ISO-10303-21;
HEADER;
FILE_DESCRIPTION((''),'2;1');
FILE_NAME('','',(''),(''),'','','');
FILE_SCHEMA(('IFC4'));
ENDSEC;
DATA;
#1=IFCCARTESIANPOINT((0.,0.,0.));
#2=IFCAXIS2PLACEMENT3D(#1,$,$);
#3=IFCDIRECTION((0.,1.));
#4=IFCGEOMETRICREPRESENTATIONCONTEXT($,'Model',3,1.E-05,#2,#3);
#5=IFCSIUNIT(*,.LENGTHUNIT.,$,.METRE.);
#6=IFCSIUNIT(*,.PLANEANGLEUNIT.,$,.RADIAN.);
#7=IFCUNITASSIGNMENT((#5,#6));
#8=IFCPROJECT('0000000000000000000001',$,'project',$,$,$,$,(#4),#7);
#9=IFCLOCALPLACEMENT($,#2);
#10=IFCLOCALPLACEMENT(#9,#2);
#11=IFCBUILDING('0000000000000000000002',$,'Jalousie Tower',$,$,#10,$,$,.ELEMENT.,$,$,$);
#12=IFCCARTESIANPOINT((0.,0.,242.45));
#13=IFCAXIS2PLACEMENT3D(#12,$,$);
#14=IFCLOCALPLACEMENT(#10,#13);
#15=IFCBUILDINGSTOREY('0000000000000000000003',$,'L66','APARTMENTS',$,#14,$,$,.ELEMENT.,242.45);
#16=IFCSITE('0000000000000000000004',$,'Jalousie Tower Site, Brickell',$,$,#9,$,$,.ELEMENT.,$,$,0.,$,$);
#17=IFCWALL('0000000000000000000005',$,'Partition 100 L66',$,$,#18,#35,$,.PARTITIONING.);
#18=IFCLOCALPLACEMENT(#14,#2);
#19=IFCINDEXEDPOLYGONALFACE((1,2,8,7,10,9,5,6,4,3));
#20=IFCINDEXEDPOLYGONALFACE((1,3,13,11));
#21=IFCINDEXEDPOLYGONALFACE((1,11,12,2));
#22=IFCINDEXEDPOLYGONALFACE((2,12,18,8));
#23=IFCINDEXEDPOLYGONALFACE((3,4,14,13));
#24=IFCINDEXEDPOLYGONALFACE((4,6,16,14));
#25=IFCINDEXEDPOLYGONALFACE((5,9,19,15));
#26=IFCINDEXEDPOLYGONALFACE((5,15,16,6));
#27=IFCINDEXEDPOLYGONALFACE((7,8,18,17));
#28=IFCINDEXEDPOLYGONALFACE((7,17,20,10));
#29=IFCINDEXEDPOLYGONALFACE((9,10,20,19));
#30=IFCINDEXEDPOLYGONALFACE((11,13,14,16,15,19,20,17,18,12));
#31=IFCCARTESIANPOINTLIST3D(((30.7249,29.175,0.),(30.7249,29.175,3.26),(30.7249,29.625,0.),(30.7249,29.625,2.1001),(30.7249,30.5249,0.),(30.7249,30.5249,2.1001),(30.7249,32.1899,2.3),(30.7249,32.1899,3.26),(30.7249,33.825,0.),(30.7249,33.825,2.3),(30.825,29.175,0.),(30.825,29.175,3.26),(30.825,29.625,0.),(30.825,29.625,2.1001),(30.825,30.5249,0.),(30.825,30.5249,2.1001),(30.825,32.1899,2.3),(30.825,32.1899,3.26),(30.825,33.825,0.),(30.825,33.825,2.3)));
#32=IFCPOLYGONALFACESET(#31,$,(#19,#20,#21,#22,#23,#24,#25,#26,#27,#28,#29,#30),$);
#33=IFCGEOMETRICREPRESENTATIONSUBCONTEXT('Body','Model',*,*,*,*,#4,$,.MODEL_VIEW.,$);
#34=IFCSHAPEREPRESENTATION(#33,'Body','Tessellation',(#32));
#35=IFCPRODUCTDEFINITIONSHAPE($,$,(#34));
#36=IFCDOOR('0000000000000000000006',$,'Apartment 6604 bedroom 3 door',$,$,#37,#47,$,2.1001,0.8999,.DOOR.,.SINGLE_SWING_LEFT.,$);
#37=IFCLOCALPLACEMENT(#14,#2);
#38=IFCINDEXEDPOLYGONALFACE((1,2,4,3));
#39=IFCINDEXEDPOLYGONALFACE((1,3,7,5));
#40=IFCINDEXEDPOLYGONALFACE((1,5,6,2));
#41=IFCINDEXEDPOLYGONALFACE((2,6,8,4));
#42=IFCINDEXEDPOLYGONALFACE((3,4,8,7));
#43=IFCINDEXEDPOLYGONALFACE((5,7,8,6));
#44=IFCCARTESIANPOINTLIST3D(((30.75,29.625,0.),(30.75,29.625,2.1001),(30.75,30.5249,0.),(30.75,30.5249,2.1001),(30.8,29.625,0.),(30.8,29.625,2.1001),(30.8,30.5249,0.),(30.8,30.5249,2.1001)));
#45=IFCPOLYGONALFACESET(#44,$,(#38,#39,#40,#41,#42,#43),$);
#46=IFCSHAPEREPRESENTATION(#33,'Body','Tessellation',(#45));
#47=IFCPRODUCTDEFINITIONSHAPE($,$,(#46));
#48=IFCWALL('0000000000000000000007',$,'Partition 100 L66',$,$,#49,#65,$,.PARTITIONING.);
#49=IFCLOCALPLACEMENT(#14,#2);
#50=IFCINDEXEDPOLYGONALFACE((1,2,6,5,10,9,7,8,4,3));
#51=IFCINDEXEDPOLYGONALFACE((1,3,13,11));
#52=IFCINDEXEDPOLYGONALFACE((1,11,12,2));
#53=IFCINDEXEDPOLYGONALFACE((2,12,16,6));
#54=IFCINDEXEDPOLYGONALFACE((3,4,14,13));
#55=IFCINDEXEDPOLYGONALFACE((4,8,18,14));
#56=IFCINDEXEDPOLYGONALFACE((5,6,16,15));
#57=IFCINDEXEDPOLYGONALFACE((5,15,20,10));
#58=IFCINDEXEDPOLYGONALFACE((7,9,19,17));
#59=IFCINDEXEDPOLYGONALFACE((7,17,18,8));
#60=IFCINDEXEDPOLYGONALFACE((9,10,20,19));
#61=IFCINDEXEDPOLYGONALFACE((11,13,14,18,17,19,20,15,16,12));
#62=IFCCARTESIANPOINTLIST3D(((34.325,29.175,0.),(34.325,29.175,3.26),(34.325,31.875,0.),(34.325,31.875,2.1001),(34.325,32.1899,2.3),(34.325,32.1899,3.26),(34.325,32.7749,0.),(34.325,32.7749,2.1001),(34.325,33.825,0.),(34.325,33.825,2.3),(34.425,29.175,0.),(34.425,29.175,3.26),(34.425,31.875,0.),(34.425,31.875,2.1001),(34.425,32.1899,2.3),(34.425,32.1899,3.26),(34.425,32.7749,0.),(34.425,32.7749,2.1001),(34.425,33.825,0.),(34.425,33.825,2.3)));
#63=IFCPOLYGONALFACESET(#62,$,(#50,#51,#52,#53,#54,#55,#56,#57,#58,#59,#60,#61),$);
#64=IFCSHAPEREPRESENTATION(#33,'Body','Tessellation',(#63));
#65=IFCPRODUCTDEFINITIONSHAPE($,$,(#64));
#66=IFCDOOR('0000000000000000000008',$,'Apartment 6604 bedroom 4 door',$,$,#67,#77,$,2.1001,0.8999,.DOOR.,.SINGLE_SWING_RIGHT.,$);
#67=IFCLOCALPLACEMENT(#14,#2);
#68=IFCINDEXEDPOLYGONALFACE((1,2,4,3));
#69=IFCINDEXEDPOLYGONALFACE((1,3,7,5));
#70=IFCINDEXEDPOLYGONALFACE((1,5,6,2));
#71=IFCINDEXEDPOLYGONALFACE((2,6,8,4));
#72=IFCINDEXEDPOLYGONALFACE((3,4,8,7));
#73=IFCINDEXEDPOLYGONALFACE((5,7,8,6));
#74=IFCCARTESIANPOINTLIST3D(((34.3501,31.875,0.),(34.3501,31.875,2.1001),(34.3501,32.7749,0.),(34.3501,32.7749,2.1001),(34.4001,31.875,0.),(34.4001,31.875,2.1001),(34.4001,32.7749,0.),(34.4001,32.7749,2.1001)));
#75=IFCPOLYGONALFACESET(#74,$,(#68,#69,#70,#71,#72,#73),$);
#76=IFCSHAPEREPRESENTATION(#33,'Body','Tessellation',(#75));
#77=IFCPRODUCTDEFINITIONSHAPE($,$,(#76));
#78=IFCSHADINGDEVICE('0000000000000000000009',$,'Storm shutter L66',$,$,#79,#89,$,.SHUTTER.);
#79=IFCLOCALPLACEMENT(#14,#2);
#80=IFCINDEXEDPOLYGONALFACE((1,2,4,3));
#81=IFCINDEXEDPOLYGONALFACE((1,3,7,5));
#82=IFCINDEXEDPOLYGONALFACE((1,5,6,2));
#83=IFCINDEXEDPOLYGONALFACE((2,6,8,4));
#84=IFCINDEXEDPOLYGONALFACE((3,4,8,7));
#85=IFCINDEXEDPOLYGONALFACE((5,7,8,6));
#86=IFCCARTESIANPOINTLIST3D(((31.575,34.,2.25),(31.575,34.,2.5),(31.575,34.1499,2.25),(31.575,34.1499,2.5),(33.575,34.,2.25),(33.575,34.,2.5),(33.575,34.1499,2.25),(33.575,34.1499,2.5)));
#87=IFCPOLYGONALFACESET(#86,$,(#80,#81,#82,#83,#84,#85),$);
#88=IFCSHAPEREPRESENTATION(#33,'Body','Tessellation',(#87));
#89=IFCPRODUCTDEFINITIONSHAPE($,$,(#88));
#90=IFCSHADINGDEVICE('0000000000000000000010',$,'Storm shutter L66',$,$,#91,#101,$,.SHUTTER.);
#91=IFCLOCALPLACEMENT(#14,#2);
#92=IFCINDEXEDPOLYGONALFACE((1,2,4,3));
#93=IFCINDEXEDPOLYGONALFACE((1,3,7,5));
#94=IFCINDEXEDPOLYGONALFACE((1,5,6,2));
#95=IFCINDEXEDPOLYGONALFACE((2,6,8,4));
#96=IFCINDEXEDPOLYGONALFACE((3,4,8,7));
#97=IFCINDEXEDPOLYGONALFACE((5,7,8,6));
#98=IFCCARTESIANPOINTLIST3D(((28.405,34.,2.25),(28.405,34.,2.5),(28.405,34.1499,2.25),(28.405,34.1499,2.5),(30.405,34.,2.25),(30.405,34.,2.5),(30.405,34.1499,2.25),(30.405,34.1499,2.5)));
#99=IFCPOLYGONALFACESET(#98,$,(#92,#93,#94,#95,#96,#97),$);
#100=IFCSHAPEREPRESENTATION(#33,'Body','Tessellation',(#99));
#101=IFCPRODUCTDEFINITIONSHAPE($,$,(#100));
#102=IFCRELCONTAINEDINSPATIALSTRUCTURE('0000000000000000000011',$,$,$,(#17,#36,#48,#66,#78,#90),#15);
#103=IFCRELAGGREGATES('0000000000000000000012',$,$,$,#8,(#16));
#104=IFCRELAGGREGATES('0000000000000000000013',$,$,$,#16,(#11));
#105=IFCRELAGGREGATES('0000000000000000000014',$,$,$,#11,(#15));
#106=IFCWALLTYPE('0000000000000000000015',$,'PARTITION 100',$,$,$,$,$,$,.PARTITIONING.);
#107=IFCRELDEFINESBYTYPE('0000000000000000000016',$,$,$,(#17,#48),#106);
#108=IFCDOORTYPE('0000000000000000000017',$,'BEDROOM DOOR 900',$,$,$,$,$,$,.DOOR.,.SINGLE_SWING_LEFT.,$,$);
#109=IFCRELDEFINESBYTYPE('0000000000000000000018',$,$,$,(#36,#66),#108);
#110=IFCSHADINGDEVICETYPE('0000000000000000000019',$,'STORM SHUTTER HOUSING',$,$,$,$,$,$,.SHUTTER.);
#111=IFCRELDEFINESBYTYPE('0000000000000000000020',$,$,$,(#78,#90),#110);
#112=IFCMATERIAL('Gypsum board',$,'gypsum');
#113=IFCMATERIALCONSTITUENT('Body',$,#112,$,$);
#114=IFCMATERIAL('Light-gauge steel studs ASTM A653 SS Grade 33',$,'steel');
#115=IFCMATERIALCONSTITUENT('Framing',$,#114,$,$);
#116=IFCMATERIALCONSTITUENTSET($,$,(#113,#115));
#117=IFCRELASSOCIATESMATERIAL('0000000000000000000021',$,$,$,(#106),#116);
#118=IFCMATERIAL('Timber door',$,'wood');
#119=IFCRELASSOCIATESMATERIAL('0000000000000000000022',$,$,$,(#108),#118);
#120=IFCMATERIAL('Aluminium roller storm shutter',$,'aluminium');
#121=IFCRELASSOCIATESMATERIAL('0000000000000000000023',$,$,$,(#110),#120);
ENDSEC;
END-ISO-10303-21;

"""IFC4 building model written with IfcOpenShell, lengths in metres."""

from ifc_helpers import new_model, si_unit, direction, frame, frame_2d, origin, origin_2d, place, context, subcontext, project, spatial, polyline, rectangle, outline, extrude, material, constituent, constituent_set, type_object, element, fill, save


model = new_model("IFC4")

# Units and contexts
model_context = context("Model", 3, precision=1e-05, world=origin(), true_north=direction((0.0, 1.0)))
body_context = subcontext(model_context, "Body", "Model", "MODEL_VIEW")
ifc_project = project(units=[si_unit("LENGTHUNIT", "METRE"), si_unit("PLANEANGLEUNIT", "RADIAN")], contexts=[model_context])

# Site, building, storey
site_placement = place(None, origin())
site = spatial("IfcSite", under=ifc_project, at=site_placement, Name="Jalousie Tower Site, Brickell", CompositionType="ELEMENT", RefElevation=0.0)
building_placement = place(site_placement, origin())
building = spatial("IfcBuilding", under=site, at=building_placement, Name="Jalousie Tower", CompositionType="ELEMENT")
storey_placement = place(building_placement, frame((0.0, 0.0, 242.45)))
storey = spatial("IfcBuildingStorey", under=building, at=storey_placement, Name="L66", Description="APARTMENTS", CompositionType="ELEMENT", Elevation=242.45)

# Walls, openings, doors
ifc_material_1 = material(Name="Gypsum board", Category="gypsum")
ifc_constituent_1 = constituent(ifc_material_1, Name="Body")
ifc_material_2 = material(Name="Light-gauge steel studs ASTM A653 SS Grade 33", Category="steel")
ifc_constituent_2 = constituent(ifc_material_2, Name="Framing")
ifc_constituent_set = constituent_set(constituents=[ifc_constituent_1, ifc_constituent_2])
wall_type_1 = type_object("IfcWallType", Name="PARTITION 100", PredefinedType="PARTITIONING", material=ifc_constituent_set)
ifc_material_3 = material(Name="Timber door", Category="wood")
door_type_1 = type_object("IfcDoorType", Name="BEDROOM DOOR 900", OperationType="SINGLE_SWING_LEFT", PredefinedType="DOOR", material=ifc_material_3)
wall_1_placement = place(storey_placement, frame((30.7749, 33.825, 0.0), z_axis=(0.0, 0.0, 1.0), x_axis=(0.0, -1.0, 0.0)))
wall_1 = element("IfcWall", 1, at=wall_1_placement, inside=storey, type_object=wall_type_1, Name="Partition 100 L66", PredefinedType="PARTITIONING", context=body_context, shape_type="SweptSolid", body=[
    extrude(outline(polyline([(0.0, 0.0), (4.6499, 0.0), (4.6499, 3.26), (1.635, 3.26), (1.635, 2.3), (0.0, 2.3), (0.0, 3.26), (0.0, 0.0)])), frame((0.0, 0.05, 0.0), z_axis=(0.0, -1.0, 0.0), x_axis=(1.0, 0.0, 0.0)), (0.0, 0.0, 1.0), 0.1001),
])
opening_1_placement = place(wall_1_placement, frame((3.3, 0.0, 0.0)))
opening_1 = element("IfcOpeningElement", 2, at=opening_1_placement, cuts=wall_1, PredefinedType="OPENING", context=body_context, shape_type="SweptSolid", body=[
    extrude(rectangle(XDim=0.8999, YDim=2.1001, at=frame_2d((0.45, 1.05))), frame((0.0, 0.0601, 0.0), z_axis=(0.0, -1.0, 0.0), x_axis=(1.0, 0.0, 0.0)), (0.0, 0.0, 1.0), 0.1201),
])
door_1_placement = place(opening_1_placement, frame((0.8999, 0.0, 0.0), z_axis=(0.0, 0.0, 1.0), x_axis=(-1.0, 0.0, 0.0)))
door_1 = element("IfcDoor", 3, at=door_1_placement, inside=storey, type_object=door_type_1, Name="Apartment 6604 bedroom 3 door", OperationType="SINGLE_SWING_LEFT", OverallHeight=2.1001, OverallWidth=0.8999, PredefinedType="DOOR", context=body_context, shape_type="SweptSolid", body=[
    extrude(rectangle(XDim=0.8999, YDim=2.1001, at=frame_2d((0.45, 1.05))), frame((0.0, 0.0249, 0.0), z_axis=(0.0, -1.0, 0.0), x_axis=(1.0, 0.0, 0.0)), (0.0, 0.0, 1.0), 0.05),
])
fill(opening_1, door_1)
wall_2_placement = place(storey_placement, frame((34.375, 33.825, 0.0), z_axis=(0.0, 0.0, 1.0), x_axis=(0.0, -1.0, 0.0)))
wall_2 = element("IfcWall", 4, at=wall_2_placement, inside=storey, type_object=wall_type_1, Name="Partition 100 L66", PredefinedType="PARTITIONING", context=body_context, shape_type="SweptSolid", body=[
    extrude(outline(polyline([(0.0, 0.0), (4.6499, 0.0), (4.6499, 3.26), (1.635, 3.26), (1.635, 2.3), (0.0, 2.3), (0.0, 3.26), (0.0, 0.0)])), frame((0.0, 0.05, 0.0), z_axis=(0.0, -1.0, 0.0), x_axis=(1.0, 0.0, 0.0)), (0.0, 0.0, 1.0), 0.1001),
])
opening_2_placement = place(wall_2_placement, frame((1.05, 0.0, 0.0)))
opening_2 = element("IfcOpeningElement", 5, at=opening_2_placement, cuts=wall_2, PredefinedType="OPENING", context=body_context, shape_type="SweptSolid", body=[
    extrude(rectangle(XDim=0.8999, YDim=2.1001, at=frame_2d((0.45, 1.05))), frame((0.0, 0.0601, 0.0), z_axis=(0.0, -1.0, 0.0), x_axis=(1.0, 0.0, 0.0)), (0.0, 0.0, 1.0), 0.1201),
])
door_2_placement = place(opening_2_placement, frame((0.8999, 0.0, 0.0), z_axis=(0.0, 0.0, 1.0), x_axis=(-1.0, 0.0, 0.0)))
door_2 = element("IfcDoor", 6, at=door_2_placement, inside=storey, type_object=door_type_1, Name="Apartment 6604 bedroom 4 door", OperationType="SINGLE_SWING_RIGHT", OverallHeight=2.1001, OverallWidth=0.8999, PredefinedType="DOOR", context=body_context, shape_type="SweptSolid", body=[
    extrude(rectangle(XDim=0.8999, YDim=2.1001, at=frame_2d((0.45, 1.05))), frame((0.0, 0.0249, 0.0), z_axis=(0.0, -1.0, 0.0), x_axis=(1.0, 0.0, 0.0)), (0.0, 0.0, 1.0), 0.05),
])
fill(opening_2, door_2)

# Shading devices
ifc_material_4 = material(Name="Aluminium roller storm shutter", Category="aluminium")
shading_device_type = type_object("IfcShadingDeviceType", Name="STORM SHUTTER HOUSING", PredefinedType="SHUTTER", material=ifc_material_4)
for number, where, z_axis, x_axis, name in (
    (7, (32.575, 34.075, 2.25), (0.0, 0.0, 1.0), (-1.0, 0.0, 0.0), "Storm shutter L66"),
    (8, (29.405, 34.075, 2.25), (0.0, 0.0, 1.0), (-1.0, 0.0, 0.0), "Storm shutter L66"),
):
    element("IfcShadingDevice", number, at=place(storey_placement, frame(where, z_axis=z_axis, x_axis=x_axis)), inside=storey, type_object=shading_device_type, Name=name, PredefinedType="SHUTTER", context=body_context, shape_type="SweptSolid", body=[
        extrude(rectangle(XDim=2.0, YDim=0.1499, at=origin_2d()), origin(), (0.0, 0.0, 1.0), 0.25),
    ])

save(model, "model.ifc")
